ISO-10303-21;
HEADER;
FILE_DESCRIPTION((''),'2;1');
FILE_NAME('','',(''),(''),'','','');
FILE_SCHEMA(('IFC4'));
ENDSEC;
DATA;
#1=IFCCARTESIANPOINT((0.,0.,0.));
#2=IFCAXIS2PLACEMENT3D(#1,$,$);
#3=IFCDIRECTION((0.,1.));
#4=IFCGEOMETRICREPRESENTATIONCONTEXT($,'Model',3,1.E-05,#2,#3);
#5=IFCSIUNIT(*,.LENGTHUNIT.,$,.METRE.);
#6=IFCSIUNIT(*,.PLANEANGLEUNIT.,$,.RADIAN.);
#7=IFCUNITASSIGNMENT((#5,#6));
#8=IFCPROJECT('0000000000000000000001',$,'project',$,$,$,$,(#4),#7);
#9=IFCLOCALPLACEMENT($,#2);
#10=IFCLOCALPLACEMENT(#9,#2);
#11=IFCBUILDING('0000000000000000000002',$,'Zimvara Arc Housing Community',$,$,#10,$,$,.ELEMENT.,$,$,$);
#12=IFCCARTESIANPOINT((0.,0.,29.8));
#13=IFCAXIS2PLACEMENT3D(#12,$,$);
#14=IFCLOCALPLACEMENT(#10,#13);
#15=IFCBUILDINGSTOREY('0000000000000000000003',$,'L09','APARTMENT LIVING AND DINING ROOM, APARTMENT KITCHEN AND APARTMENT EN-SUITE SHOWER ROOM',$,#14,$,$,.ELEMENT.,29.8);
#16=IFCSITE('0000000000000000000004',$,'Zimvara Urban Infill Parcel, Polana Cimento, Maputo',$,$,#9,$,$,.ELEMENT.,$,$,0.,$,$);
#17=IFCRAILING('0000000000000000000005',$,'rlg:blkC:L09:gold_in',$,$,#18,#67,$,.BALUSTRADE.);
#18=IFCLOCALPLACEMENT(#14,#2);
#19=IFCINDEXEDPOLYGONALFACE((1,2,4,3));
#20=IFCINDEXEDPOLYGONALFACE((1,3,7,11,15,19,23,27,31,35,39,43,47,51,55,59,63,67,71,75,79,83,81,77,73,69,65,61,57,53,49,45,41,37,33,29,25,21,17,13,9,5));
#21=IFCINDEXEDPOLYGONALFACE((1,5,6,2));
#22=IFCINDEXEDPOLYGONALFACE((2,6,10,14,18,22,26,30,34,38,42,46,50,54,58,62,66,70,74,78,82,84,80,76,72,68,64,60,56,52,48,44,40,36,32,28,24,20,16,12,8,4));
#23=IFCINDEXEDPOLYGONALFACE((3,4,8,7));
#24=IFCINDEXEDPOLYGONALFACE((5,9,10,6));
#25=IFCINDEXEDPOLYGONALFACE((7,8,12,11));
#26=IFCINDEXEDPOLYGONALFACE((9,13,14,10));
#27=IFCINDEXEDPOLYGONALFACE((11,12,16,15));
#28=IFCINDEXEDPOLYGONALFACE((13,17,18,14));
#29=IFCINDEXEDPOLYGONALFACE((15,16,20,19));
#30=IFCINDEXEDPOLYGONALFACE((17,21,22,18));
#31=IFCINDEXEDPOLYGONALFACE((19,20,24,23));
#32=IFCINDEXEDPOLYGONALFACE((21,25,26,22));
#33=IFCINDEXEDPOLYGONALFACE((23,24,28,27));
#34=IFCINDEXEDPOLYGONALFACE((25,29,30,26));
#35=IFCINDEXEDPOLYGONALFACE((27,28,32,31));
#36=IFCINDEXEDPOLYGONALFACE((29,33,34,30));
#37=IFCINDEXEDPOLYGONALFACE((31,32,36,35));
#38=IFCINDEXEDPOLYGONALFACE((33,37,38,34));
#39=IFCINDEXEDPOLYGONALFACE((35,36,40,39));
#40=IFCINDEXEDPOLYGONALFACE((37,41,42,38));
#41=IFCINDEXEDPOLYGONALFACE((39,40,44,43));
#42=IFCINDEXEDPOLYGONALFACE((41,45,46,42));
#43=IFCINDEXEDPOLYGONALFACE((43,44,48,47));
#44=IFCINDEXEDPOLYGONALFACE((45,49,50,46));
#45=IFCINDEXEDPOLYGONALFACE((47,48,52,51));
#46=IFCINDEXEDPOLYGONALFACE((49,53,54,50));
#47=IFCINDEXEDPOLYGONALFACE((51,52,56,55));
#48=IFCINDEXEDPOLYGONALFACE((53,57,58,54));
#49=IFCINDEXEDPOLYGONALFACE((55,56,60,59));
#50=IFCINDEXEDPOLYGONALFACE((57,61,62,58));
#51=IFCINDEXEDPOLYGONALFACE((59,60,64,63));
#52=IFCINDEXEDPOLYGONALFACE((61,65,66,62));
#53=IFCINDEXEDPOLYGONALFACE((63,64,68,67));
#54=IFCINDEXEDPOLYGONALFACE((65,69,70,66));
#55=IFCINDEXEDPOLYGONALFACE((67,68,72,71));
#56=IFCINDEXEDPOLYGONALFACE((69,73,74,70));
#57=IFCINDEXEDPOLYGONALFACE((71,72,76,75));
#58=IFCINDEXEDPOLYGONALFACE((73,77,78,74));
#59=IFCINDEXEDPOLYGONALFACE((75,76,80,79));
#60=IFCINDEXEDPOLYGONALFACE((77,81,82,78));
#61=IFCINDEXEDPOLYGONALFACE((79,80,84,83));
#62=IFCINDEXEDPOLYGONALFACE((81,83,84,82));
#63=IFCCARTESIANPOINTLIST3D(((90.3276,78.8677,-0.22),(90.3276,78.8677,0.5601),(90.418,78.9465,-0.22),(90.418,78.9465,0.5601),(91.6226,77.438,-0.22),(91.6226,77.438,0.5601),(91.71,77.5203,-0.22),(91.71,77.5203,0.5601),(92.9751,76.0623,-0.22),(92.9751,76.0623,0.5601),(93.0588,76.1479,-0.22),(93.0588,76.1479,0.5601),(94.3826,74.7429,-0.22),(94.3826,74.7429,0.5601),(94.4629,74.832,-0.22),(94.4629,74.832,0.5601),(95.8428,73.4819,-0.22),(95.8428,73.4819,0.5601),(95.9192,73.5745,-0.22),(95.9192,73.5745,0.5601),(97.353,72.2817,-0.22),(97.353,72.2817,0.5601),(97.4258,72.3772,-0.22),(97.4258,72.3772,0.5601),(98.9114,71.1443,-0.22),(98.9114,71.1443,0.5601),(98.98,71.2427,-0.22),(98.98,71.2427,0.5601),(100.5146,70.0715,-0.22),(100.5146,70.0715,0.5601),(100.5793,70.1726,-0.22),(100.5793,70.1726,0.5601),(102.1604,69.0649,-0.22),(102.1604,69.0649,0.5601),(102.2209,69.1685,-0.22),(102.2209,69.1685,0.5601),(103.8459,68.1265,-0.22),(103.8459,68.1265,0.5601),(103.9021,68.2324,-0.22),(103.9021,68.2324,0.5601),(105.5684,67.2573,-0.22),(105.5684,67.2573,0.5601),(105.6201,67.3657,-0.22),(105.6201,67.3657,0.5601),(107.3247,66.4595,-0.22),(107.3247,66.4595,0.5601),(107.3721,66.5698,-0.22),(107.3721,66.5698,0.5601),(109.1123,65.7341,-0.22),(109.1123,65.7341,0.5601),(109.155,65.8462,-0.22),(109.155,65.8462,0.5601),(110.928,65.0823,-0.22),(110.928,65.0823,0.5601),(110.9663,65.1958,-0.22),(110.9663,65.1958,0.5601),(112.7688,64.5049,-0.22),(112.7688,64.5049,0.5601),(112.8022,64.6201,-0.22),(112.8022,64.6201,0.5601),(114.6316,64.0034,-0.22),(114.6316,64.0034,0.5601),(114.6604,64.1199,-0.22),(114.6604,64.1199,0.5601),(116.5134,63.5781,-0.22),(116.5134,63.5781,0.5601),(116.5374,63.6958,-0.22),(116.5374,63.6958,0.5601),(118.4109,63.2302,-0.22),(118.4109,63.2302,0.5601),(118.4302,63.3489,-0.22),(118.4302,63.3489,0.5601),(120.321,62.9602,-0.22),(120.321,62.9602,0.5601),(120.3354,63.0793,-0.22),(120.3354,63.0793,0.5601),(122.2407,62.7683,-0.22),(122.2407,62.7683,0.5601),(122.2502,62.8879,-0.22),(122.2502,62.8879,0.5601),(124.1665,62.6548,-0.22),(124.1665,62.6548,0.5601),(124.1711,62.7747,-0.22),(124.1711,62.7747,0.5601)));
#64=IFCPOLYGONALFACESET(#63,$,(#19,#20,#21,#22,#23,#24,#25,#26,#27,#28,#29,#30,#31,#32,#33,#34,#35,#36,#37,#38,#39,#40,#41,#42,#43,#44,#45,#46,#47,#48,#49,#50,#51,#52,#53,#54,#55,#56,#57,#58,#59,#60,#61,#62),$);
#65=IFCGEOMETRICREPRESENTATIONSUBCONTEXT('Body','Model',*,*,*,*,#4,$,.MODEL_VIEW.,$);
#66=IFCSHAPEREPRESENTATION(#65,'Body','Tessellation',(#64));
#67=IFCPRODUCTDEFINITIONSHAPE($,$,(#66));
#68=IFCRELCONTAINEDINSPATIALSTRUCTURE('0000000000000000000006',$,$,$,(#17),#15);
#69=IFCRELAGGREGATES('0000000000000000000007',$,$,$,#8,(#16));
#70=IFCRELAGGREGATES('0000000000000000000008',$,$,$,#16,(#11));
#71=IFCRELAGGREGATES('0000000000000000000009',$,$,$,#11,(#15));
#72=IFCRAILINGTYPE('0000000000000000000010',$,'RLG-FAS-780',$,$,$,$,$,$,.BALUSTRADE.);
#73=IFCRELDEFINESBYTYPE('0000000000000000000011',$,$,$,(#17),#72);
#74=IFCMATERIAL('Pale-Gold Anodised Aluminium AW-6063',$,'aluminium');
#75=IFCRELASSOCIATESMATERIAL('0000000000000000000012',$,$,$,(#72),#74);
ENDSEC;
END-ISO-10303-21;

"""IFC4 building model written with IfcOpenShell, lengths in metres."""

from ifc_helpers import new_model, si_unit, direction, frame, origin, place, context, subcontext, project, spatial, polyline, outline, extrude, material, type_object, element, save


model = new_model("IFC4")

# Units and contexts
model_context = context("Model", 3, precision=1e-05, world=origin(), true_north=direction((0.0, 1.0)))
body_context = subcontext(model_context, "Body", "Model", "MODEL_VIEW")
ifc_project = project(units=[si_unit("LENGTHUNIT", "METRE"), si_unit("PLANEANGLEUNIT", "RADIAN")], contexts=[model_context])

# Site, building, storey
site_placement = place(None, origin())
site = spatial("IfcSite", under=ifc_project, at=site_placement, Name="Zimvara Urban Infill Parcel, Polana Cimento, Maputo", CompositionType="ELEMENT", RefElevation=0.0)
building_placement = place(site_placement, origin())
building = spatial("IfcBuilding", under=site, at=building_placement, Name="Zimvara Arc Housing Community", CompositionType="ELEMENT")
storey_placement = place(building_placement, frame((0.0, 0.0, 29.8)))
storey = spatial("IfcBuildingStorey", under=building, at=storey_placement, Name="L09", Description="APARTMENT LIVING AND DINING ROOM, APARTMENT KITCHEN AND APARTMENT EN-SUITE SHOWER ROOM", CompositionType="ELEMENT", Elevation=29.8)

# Railing
ifc_material_1 = material(Name="Pale-Gold Anodised Aluminium AW-6063", Category="aluminium")
railing_type_1 = type_object("IfcRailingType", Name="RLG-FAS-780", PredefinedType="BALUSTRADE", material=ifc_material_1)
railing_1_placement = place(storey_placement, frame((0.0, 0.0, -0.22)))
element("IfcRailing", 1, at=railing_1_placement, inside=storey, type_object=railing_type_1, Name="rlg:blkC:L09:gold_in", PredefinedType="BALUSTRADE", context=body_context, shape_type="SweptSolid", body=[
    extrude(outline(polyline([(90.3276, 78.8677), (91.6226, 77.438), (92.9751, 76.0623), (94.3826, 74.7429), (95.8428, 73.4819), (97.353, 72.2817), (98.9114, 71.1443), (100.5146, 70.0715), (102.1604, 69.0649), (103.8459, 68.1265), (105.5684, 67.2573), (107.3247, 66.4595), (109.1123, 65.7341), (110.928, 65.0823), (112.7688, 64.5049), (114.6316, 64.0034), (116.5134, 63.5781), (118.4109, 63.2302), (120.321, 62.9602), (122.2407, 62.7683), (124.1665, 62.6548), (124.1711, 62.7747), (122.2502, 62.8879), (120.3354, 63.0793), (118.4302, 63.3489), (116.5374, 63.6958), (114.6604, 64.1199), (112.8022, 64.6201), (110.9663, 65.1958), (109.155, 65.8462), (107.3721, 66.5698), (105.6201, 67.3657), (103.9021, 68.2324), (102.2209, 69.1685), (100.5793, 70.1726), (98.98, 71.2427), (97.4258, 72.3772), (95.9192, 73.5745), (94.4629, 74.832), (93.0588, 76.1479), (91.71, 77.5203), (90.418, 78.9465), (90.3276, 78.8677)])), origin(), (0.0, 0.0, 1.0), 0.78),
])

save(model, "model.ifc")
